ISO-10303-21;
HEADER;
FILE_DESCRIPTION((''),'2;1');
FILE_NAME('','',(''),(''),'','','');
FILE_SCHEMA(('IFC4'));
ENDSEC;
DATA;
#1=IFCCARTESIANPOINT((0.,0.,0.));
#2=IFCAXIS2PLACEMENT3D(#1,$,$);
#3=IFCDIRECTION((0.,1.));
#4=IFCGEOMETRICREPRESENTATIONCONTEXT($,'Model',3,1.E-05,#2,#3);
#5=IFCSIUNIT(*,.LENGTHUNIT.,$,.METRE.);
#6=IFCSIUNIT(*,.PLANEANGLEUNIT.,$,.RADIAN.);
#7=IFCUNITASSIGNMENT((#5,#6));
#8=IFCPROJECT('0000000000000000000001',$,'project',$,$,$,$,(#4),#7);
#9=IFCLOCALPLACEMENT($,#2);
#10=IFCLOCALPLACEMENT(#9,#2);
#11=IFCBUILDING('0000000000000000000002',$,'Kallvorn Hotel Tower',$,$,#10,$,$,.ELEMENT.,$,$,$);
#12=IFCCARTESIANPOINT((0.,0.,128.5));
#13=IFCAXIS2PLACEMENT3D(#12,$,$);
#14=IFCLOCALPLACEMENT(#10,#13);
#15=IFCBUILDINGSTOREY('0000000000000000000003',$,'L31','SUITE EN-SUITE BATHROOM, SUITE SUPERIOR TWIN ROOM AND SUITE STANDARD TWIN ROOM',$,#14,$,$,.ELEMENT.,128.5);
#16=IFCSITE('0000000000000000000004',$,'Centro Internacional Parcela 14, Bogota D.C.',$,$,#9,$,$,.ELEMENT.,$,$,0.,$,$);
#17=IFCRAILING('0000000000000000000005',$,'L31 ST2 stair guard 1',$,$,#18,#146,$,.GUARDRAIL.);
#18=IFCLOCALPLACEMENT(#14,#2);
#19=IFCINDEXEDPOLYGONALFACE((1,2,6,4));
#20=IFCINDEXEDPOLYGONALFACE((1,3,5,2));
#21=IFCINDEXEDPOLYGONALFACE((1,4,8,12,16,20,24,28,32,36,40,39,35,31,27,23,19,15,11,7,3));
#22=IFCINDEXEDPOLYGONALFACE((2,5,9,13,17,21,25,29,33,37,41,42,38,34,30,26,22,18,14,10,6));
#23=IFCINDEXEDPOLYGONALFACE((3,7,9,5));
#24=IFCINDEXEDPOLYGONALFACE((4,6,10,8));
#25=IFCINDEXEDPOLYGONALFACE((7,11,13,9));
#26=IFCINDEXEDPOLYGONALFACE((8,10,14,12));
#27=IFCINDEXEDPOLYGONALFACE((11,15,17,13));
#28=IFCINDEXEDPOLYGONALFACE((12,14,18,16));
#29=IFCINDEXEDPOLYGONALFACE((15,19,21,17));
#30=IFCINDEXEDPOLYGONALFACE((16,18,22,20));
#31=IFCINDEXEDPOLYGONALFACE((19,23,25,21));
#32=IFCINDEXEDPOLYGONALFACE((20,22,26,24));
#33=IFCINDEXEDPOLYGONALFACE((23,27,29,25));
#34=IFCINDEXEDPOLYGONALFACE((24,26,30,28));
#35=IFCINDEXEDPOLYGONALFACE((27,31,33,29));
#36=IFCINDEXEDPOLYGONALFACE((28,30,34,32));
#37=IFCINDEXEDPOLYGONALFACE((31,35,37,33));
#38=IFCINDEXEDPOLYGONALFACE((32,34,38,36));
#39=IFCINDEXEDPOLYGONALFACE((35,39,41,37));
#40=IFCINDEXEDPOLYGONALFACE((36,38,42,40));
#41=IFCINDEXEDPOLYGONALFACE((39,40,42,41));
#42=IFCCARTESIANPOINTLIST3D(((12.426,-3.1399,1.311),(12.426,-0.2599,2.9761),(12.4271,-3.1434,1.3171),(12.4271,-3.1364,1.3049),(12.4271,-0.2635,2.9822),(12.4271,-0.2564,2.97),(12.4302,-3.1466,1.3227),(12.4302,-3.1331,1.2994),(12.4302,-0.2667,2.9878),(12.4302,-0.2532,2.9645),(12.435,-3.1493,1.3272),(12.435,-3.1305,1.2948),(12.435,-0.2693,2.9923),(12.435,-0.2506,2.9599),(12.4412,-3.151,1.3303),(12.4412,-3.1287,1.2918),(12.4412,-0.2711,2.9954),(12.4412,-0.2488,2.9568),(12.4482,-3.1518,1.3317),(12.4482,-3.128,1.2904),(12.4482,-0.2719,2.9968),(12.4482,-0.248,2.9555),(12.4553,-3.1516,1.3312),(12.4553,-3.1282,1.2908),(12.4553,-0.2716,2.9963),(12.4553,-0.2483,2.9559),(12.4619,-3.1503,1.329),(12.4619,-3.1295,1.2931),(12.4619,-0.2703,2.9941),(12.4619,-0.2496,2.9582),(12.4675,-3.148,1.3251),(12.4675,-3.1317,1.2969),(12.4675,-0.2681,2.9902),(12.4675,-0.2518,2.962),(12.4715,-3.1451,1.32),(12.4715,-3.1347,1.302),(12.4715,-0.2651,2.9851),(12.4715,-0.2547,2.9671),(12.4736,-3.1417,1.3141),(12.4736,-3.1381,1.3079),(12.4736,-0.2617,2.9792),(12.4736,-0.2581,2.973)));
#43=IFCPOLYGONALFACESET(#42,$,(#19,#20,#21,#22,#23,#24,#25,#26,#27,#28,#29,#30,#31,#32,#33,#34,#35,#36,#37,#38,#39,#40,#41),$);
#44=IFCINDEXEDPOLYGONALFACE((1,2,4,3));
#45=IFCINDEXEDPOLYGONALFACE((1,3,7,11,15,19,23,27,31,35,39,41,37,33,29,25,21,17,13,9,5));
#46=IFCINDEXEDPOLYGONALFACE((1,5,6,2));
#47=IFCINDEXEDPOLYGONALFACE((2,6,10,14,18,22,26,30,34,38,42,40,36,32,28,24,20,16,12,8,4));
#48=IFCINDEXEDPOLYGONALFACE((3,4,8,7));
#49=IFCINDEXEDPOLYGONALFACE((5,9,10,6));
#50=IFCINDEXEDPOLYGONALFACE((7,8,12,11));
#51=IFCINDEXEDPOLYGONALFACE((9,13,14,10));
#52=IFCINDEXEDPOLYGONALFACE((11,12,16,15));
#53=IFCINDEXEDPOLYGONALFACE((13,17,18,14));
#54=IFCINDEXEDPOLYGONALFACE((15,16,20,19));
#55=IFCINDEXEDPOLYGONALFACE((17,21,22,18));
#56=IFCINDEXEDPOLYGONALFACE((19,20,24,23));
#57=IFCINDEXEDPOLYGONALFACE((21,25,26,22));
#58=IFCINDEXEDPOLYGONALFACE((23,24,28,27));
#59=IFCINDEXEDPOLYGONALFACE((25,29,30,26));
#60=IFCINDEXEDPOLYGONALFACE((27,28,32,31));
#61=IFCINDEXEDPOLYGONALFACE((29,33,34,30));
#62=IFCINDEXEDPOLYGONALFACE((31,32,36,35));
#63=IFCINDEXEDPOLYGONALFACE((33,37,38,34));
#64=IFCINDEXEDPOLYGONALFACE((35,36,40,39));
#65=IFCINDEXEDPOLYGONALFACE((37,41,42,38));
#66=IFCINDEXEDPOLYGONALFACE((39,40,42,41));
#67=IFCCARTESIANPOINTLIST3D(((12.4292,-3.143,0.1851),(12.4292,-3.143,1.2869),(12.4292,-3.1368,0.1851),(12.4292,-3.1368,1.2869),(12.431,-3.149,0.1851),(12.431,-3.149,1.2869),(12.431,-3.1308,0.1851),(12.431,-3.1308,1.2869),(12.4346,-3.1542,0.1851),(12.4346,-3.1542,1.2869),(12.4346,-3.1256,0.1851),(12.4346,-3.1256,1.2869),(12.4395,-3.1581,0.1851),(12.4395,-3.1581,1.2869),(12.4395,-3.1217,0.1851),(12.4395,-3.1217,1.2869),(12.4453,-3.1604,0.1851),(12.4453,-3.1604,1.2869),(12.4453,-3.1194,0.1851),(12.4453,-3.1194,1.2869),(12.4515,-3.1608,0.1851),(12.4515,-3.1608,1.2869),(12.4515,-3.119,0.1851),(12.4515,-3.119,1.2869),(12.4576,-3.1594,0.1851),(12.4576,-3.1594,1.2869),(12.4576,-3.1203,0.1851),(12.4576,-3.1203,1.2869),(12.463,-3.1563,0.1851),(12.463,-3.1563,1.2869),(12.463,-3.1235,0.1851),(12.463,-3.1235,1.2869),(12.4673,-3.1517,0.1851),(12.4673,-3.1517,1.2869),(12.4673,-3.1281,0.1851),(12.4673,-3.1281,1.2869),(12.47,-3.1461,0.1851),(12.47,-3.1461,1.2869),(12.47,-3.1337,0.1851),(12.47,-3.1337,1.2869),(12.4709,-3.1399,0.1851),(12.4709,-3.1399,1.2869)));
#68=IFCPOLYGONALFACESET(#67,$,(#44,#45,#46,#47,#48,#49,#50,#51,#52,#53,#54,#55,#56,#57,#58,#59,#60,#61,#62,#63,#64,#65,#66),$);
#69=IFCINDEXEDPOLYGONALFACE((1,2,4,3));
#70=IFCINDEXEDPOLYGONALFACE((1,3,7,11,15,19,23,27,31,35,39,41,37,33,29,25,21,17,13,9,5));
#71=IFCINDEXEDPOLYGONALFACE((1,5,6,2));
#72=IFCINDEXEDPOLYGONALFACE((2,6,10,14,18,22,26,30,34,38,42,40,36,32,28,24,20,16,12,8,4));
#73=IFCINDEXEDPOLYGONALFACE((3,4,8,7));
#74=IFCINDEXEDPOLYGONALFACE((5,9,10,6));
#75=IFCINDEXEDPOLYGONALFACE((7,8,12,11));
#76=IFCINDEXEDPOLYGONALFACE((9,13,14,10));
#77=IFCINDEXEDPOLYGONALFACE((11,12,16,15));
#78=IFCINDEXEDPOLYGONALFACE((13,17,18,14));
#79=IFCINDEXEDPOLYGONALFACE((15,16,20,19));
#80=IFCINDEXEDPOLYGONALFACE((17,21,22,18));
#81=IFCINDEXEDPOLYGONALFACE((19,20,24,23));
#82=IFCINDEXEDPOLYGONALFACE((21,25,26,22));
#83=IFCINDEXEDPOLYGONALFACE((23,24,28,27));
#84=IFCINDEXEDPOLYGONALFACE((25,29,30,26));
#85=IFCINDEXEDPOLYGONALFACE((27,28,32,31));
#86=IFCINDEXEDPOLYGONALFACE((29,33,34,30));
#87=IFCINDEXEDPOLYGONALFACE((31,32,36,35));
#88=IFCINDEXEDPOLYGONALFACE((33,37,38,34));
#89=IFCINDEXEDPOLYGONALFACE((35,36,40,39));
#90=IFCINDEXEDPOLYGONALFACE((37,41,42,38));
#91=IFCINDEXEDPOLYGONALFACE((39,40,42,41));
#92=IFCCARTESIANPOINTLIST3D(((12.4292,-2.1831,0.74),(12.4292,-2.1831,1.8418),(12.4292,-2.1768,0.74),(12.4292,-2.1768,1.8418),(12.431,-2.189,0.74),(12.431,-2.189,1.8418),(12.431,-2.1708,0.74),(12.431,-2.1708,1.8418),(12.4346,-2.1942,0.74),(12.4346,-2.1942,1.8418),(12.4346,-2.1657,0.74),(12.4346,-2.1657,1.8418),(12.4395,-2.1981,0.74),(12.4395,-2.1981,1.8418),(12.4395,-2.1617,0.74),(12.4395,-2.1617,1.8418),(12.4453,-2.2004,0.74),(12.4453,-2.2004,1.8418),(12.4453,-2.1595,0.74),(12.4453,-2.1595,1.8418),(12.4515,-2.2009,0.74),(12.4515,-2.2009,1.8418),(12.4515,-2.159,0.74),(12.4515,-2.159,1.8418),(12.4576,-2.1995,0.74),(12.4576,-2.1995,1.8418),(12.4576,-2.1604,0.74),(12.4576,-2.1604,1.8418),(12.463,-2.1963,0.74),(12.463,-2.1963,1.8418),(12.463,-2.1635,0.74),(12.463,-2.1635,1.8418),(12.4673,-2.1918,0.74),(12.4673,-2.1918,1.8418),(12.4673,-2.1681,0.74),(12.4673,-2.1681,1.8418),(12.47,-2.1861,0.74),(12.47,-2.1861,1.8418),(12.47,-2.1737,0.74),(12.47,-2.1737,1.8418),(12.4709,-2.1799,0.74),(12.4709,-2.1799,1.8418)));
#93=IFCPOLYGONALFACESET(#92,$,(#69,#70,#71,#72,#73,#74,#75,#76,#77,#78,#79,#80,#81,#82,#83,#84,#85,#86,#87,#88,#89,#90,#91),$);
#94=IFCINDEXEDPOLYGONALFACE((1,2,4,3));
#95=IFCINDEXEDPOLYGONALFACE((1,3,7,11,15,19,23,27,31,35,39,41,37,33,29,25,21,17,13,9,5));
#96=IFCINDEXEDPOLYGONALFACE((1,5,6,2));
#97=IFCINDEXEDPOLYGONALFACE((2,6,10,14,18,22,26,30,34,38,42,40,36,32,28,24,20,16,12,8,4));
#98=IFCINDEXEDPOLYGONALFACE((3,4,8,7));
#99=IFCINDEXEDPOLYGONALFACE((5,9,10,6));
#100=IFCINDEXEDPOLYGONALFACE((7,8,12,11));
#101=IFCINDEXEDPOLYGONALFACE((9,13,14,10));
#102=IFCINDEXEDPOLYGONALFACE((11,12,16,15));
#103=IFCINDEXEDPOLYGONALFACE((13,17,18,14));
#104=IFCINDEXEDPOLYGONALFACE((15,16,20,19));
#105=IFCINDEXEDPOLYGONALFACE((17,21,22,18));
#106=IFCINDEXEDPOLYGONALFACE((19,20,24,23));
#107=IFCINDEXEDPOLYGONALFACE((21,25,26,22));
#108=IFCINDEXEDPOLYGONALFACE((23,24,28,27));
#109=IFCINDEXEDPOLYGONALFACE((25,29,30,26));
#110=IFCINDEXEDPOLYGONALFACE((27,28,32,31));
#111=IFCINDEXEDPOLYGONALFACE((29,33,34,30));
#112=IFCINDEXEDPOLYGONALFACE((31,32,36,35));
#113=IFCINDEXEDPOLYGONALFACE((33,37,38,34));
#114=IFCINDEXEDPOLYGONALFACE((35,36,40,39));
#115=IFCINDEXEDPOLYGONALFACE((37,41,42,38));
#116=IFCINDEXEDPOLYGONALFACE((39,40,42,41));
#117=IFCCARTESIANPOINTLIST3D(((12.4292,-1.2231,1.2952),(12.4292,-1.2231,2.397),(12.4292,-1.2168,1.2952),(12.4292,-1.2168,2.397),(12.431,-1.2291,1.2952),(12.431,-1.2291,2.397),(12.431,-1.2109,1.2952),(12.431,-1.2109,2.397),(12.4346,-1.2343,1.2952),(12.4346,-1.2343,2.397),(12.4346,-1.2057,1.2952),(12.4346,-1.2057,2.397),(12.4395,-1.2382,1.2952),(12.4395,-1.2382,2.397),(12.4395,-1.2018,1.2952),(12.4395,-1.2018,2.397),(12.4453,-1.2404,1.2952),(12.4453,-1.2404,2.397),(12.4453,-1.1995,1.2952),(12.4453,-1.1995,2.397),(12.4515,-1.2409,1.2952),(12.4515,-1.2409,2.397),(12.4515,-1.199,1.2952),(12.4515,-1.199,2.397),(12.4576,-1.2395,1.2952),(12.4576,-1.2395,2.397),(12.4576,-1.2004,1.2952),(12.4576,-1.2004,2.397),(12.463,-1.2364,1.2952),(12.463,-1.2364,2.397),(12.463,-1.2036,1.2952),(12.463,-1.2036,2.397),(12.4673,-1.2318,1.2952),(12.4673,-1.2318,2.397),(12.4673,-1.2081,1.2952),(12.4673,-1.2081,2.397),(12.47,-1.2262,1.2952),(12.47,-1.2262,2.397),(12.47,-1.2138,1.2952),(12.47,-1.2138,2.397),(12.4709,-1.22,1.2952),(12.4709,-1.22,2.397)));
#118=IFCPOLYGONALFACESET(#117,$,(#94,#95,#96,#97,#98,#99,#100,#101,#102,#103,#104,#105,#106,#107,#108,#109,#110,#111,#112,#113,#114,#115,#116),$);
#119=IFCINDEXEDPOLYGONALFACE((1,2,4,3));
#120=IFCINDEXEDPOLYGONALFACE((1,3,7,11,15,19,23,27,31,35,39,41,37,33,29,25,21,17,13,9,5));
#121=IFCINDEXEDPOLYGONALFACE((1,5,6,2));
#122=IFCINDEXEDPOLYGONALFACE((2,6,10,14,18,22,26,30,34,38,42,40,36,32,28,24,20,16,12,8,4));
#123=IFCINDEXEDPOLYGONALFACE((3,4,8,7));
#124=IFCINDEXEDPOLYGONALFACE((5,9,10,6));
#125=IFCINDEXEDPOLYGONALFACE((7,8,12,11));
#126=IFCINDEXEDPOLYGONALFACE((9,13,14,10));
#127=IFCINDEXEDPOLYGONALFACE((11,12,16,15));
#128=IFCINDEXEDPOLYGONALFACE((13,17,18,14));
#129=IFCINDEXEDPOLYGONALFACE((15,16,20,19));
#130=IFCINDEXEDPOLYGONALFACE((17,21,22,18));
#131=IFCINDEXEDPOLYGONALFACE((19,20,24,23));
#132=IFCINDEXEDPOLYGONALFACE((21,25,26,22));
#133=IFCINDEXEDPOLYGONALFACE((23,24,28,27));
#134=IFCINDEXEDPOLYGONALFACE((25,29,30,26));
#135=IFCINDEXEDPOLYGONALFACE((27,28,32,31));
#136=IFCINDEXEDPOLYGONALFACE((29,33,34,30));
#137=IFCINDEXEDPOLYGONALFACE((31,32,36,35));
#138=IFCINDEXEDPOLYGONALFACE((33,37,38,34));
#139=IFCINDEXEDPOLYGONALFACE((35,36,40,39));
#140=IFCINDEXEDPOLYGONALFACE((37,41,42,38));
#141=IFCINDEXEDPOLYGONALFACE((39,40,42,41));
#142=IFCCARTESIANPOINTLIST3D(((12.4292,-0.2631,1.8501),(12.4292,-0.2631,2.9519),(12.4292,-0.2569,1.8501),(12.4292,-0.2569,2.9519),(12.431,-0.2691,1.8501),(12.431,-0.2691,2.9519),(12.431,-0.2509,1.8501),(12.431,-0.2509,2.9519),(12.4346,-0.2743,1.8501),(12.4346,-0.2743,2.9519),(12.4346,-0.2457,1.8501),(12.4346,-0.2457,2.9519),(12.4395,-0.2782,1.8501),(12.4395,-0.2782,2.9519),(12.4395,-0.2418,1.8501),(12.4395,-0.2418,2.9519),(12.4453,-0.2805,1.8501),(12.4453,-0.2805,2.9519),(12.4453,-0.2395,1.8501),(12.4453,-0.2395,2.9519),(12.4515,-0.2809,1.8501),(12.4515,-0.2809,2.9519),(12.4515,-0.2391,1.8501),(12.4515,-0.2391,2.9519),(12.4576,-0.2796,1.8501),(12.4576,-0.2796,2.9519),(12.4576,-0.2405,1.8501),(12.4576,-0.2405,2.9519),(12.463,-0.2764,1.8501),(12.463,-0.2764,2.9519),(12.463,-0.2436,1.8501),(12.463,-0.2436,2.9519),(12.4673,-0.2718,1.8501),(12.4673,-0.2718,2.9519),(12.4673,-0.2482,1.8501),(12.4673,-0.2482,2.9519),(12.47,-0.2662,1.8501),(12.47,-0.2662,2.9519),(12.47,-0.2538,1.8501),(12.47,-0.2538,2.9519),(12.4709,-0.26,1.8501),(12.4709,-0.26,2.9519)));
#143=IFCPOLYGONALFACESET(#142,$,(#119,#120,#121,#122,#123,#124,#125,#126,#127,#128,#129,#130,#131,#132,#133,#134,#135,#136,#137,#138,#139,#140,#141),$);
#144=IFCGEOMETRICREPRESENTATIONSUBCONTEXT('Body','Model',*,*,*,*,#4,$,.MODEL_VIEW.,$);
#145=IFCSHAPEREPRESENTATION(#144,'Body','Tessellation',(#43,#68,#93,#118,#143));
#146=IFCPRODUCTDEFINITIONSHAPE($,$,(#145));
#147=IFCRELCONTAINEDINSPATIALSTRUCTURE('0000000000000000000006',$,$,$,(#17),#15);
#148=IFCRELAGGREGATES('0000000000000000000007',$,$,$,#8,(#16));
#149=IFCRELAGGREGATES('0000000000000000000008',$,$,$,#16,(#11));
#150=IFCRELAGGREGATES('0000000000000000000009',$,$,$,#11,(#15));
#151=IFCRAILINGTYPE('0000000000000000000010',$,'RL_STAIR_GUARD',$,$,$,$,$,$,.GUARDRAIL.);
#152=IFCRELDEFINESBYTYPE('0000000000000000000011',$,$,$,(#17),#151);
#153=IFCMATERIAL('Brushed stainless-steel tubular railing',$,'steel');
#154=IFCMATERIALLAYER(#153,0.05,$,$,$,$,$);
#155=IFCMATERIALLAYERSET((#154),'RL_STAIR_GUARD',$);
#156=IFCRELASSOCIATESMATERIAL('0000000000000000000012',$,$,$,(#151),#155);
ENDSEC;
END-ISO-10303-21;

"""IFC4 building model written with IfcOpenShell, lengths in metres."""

from ifc_helpers import new_model, si_unit, direction, frame, origin, origin_2d, place, context, subcontext, project, spatial, circle, extrude, material, layer, layer_set, type_object, element, save


model = new_model("IFC4")

# Units and contexts
model_context = context("Model", 3, precision=1e-05, world=origin(), true_north=direction((0.0, 1.0)))
body_context = subcontext(model_context, "Body", "Model", "MODEL_VIEW")
ifc_project = project(units=[si_unit("LENGTHUNIT", "METRE"), si_unit("PLANEANGLEUNIT", "RADIAN")], contexts=[model_context])

# Site, building, storey
site_placement = place(None, origin())
site = spatial("IfcSite", under=ifc_project, at=site_placement, Name="Centro Internacional Parcela 14, Bogota D.C.", CompositionType="ELEMENT", RefElevation=0.0)
building_placement = place(site_placement, origin())
building = spatial("IfcBuilding", under=site, at=building_placement, Name="Kallvorn Hotel Tower", CompositionType="ELEMENT")
storey_placement = place(building_placement, frame((0.0, 0.0, 128.5)))
storey = spatial("IfcBuildingStorey", under=building, at=storey_placement, Name="L31", Description="SUITE EN-SUITE BATHROOM, SUITE SUPERIOR TWIN ROOM AND SUITE STANDARD TWIN ROOM", CompositionType="ELEMENT", Elevation=128.5)

# Railing
ifc_material_1 = material(Name="Brushed stainless-steel tubular railing", Category="steel")
ifc_layer_1 = layer(ifc_material_1, 0.05)
ifc_layer_set_1 = layer_set([ifc_layer_1], Name="RL_STAIR_GUARD")
railing_type_1 = type_object("IfcRailingType", Name="RL_STAIR_GUARD", PredefinedType="GUARDRAIL", material=ifc_layer_set_1)
railing_1_placement = place(storey_placement, frame((12.45, -3.1399, 0.1851)))
element("IfcRailing", 1, at=railing_1_placement, inside=storey, type_object=railing_type_1, Name="L31 ST2 stair guard 1", PredefinedType="GUARDRAIL", context=body_context, shape_type="SweptSolid", body=[
    extrude(circle(Radius=0.0239, at=origin_2d()), frame((0.0, 0.0, 1.126), z_axis=(0.0, 0.865721, 0.500527), x_axis=(-1.0, 0.0, 0.0)), (0.0, 0.0, 1.0), 3.3267),
    extrude(circle(Radius=0.021, at=origin_2d()), origin(), (0.0, 0.0, 1.0), 1.1018),
    extrude(circle(Radius=0.021, at=origin_2d()), frame((0.0, 0.96, 0.5549)), (0.0, 0.0, 1.0), 1.1018),
    extrude(circle(Radius=0.021, at=origin_2d()), frame((0.0, 1.9199, 1.1101)), (0.0, 0.0, 1.0), 1.1018),
    extrude(circle(Radius=0.021, at=origin_2d()), frame((0.0, 2.8799, 1.665)), (0.0, 0.0, 1.0), 1.1018),
])

save(model, "model.ifc")
